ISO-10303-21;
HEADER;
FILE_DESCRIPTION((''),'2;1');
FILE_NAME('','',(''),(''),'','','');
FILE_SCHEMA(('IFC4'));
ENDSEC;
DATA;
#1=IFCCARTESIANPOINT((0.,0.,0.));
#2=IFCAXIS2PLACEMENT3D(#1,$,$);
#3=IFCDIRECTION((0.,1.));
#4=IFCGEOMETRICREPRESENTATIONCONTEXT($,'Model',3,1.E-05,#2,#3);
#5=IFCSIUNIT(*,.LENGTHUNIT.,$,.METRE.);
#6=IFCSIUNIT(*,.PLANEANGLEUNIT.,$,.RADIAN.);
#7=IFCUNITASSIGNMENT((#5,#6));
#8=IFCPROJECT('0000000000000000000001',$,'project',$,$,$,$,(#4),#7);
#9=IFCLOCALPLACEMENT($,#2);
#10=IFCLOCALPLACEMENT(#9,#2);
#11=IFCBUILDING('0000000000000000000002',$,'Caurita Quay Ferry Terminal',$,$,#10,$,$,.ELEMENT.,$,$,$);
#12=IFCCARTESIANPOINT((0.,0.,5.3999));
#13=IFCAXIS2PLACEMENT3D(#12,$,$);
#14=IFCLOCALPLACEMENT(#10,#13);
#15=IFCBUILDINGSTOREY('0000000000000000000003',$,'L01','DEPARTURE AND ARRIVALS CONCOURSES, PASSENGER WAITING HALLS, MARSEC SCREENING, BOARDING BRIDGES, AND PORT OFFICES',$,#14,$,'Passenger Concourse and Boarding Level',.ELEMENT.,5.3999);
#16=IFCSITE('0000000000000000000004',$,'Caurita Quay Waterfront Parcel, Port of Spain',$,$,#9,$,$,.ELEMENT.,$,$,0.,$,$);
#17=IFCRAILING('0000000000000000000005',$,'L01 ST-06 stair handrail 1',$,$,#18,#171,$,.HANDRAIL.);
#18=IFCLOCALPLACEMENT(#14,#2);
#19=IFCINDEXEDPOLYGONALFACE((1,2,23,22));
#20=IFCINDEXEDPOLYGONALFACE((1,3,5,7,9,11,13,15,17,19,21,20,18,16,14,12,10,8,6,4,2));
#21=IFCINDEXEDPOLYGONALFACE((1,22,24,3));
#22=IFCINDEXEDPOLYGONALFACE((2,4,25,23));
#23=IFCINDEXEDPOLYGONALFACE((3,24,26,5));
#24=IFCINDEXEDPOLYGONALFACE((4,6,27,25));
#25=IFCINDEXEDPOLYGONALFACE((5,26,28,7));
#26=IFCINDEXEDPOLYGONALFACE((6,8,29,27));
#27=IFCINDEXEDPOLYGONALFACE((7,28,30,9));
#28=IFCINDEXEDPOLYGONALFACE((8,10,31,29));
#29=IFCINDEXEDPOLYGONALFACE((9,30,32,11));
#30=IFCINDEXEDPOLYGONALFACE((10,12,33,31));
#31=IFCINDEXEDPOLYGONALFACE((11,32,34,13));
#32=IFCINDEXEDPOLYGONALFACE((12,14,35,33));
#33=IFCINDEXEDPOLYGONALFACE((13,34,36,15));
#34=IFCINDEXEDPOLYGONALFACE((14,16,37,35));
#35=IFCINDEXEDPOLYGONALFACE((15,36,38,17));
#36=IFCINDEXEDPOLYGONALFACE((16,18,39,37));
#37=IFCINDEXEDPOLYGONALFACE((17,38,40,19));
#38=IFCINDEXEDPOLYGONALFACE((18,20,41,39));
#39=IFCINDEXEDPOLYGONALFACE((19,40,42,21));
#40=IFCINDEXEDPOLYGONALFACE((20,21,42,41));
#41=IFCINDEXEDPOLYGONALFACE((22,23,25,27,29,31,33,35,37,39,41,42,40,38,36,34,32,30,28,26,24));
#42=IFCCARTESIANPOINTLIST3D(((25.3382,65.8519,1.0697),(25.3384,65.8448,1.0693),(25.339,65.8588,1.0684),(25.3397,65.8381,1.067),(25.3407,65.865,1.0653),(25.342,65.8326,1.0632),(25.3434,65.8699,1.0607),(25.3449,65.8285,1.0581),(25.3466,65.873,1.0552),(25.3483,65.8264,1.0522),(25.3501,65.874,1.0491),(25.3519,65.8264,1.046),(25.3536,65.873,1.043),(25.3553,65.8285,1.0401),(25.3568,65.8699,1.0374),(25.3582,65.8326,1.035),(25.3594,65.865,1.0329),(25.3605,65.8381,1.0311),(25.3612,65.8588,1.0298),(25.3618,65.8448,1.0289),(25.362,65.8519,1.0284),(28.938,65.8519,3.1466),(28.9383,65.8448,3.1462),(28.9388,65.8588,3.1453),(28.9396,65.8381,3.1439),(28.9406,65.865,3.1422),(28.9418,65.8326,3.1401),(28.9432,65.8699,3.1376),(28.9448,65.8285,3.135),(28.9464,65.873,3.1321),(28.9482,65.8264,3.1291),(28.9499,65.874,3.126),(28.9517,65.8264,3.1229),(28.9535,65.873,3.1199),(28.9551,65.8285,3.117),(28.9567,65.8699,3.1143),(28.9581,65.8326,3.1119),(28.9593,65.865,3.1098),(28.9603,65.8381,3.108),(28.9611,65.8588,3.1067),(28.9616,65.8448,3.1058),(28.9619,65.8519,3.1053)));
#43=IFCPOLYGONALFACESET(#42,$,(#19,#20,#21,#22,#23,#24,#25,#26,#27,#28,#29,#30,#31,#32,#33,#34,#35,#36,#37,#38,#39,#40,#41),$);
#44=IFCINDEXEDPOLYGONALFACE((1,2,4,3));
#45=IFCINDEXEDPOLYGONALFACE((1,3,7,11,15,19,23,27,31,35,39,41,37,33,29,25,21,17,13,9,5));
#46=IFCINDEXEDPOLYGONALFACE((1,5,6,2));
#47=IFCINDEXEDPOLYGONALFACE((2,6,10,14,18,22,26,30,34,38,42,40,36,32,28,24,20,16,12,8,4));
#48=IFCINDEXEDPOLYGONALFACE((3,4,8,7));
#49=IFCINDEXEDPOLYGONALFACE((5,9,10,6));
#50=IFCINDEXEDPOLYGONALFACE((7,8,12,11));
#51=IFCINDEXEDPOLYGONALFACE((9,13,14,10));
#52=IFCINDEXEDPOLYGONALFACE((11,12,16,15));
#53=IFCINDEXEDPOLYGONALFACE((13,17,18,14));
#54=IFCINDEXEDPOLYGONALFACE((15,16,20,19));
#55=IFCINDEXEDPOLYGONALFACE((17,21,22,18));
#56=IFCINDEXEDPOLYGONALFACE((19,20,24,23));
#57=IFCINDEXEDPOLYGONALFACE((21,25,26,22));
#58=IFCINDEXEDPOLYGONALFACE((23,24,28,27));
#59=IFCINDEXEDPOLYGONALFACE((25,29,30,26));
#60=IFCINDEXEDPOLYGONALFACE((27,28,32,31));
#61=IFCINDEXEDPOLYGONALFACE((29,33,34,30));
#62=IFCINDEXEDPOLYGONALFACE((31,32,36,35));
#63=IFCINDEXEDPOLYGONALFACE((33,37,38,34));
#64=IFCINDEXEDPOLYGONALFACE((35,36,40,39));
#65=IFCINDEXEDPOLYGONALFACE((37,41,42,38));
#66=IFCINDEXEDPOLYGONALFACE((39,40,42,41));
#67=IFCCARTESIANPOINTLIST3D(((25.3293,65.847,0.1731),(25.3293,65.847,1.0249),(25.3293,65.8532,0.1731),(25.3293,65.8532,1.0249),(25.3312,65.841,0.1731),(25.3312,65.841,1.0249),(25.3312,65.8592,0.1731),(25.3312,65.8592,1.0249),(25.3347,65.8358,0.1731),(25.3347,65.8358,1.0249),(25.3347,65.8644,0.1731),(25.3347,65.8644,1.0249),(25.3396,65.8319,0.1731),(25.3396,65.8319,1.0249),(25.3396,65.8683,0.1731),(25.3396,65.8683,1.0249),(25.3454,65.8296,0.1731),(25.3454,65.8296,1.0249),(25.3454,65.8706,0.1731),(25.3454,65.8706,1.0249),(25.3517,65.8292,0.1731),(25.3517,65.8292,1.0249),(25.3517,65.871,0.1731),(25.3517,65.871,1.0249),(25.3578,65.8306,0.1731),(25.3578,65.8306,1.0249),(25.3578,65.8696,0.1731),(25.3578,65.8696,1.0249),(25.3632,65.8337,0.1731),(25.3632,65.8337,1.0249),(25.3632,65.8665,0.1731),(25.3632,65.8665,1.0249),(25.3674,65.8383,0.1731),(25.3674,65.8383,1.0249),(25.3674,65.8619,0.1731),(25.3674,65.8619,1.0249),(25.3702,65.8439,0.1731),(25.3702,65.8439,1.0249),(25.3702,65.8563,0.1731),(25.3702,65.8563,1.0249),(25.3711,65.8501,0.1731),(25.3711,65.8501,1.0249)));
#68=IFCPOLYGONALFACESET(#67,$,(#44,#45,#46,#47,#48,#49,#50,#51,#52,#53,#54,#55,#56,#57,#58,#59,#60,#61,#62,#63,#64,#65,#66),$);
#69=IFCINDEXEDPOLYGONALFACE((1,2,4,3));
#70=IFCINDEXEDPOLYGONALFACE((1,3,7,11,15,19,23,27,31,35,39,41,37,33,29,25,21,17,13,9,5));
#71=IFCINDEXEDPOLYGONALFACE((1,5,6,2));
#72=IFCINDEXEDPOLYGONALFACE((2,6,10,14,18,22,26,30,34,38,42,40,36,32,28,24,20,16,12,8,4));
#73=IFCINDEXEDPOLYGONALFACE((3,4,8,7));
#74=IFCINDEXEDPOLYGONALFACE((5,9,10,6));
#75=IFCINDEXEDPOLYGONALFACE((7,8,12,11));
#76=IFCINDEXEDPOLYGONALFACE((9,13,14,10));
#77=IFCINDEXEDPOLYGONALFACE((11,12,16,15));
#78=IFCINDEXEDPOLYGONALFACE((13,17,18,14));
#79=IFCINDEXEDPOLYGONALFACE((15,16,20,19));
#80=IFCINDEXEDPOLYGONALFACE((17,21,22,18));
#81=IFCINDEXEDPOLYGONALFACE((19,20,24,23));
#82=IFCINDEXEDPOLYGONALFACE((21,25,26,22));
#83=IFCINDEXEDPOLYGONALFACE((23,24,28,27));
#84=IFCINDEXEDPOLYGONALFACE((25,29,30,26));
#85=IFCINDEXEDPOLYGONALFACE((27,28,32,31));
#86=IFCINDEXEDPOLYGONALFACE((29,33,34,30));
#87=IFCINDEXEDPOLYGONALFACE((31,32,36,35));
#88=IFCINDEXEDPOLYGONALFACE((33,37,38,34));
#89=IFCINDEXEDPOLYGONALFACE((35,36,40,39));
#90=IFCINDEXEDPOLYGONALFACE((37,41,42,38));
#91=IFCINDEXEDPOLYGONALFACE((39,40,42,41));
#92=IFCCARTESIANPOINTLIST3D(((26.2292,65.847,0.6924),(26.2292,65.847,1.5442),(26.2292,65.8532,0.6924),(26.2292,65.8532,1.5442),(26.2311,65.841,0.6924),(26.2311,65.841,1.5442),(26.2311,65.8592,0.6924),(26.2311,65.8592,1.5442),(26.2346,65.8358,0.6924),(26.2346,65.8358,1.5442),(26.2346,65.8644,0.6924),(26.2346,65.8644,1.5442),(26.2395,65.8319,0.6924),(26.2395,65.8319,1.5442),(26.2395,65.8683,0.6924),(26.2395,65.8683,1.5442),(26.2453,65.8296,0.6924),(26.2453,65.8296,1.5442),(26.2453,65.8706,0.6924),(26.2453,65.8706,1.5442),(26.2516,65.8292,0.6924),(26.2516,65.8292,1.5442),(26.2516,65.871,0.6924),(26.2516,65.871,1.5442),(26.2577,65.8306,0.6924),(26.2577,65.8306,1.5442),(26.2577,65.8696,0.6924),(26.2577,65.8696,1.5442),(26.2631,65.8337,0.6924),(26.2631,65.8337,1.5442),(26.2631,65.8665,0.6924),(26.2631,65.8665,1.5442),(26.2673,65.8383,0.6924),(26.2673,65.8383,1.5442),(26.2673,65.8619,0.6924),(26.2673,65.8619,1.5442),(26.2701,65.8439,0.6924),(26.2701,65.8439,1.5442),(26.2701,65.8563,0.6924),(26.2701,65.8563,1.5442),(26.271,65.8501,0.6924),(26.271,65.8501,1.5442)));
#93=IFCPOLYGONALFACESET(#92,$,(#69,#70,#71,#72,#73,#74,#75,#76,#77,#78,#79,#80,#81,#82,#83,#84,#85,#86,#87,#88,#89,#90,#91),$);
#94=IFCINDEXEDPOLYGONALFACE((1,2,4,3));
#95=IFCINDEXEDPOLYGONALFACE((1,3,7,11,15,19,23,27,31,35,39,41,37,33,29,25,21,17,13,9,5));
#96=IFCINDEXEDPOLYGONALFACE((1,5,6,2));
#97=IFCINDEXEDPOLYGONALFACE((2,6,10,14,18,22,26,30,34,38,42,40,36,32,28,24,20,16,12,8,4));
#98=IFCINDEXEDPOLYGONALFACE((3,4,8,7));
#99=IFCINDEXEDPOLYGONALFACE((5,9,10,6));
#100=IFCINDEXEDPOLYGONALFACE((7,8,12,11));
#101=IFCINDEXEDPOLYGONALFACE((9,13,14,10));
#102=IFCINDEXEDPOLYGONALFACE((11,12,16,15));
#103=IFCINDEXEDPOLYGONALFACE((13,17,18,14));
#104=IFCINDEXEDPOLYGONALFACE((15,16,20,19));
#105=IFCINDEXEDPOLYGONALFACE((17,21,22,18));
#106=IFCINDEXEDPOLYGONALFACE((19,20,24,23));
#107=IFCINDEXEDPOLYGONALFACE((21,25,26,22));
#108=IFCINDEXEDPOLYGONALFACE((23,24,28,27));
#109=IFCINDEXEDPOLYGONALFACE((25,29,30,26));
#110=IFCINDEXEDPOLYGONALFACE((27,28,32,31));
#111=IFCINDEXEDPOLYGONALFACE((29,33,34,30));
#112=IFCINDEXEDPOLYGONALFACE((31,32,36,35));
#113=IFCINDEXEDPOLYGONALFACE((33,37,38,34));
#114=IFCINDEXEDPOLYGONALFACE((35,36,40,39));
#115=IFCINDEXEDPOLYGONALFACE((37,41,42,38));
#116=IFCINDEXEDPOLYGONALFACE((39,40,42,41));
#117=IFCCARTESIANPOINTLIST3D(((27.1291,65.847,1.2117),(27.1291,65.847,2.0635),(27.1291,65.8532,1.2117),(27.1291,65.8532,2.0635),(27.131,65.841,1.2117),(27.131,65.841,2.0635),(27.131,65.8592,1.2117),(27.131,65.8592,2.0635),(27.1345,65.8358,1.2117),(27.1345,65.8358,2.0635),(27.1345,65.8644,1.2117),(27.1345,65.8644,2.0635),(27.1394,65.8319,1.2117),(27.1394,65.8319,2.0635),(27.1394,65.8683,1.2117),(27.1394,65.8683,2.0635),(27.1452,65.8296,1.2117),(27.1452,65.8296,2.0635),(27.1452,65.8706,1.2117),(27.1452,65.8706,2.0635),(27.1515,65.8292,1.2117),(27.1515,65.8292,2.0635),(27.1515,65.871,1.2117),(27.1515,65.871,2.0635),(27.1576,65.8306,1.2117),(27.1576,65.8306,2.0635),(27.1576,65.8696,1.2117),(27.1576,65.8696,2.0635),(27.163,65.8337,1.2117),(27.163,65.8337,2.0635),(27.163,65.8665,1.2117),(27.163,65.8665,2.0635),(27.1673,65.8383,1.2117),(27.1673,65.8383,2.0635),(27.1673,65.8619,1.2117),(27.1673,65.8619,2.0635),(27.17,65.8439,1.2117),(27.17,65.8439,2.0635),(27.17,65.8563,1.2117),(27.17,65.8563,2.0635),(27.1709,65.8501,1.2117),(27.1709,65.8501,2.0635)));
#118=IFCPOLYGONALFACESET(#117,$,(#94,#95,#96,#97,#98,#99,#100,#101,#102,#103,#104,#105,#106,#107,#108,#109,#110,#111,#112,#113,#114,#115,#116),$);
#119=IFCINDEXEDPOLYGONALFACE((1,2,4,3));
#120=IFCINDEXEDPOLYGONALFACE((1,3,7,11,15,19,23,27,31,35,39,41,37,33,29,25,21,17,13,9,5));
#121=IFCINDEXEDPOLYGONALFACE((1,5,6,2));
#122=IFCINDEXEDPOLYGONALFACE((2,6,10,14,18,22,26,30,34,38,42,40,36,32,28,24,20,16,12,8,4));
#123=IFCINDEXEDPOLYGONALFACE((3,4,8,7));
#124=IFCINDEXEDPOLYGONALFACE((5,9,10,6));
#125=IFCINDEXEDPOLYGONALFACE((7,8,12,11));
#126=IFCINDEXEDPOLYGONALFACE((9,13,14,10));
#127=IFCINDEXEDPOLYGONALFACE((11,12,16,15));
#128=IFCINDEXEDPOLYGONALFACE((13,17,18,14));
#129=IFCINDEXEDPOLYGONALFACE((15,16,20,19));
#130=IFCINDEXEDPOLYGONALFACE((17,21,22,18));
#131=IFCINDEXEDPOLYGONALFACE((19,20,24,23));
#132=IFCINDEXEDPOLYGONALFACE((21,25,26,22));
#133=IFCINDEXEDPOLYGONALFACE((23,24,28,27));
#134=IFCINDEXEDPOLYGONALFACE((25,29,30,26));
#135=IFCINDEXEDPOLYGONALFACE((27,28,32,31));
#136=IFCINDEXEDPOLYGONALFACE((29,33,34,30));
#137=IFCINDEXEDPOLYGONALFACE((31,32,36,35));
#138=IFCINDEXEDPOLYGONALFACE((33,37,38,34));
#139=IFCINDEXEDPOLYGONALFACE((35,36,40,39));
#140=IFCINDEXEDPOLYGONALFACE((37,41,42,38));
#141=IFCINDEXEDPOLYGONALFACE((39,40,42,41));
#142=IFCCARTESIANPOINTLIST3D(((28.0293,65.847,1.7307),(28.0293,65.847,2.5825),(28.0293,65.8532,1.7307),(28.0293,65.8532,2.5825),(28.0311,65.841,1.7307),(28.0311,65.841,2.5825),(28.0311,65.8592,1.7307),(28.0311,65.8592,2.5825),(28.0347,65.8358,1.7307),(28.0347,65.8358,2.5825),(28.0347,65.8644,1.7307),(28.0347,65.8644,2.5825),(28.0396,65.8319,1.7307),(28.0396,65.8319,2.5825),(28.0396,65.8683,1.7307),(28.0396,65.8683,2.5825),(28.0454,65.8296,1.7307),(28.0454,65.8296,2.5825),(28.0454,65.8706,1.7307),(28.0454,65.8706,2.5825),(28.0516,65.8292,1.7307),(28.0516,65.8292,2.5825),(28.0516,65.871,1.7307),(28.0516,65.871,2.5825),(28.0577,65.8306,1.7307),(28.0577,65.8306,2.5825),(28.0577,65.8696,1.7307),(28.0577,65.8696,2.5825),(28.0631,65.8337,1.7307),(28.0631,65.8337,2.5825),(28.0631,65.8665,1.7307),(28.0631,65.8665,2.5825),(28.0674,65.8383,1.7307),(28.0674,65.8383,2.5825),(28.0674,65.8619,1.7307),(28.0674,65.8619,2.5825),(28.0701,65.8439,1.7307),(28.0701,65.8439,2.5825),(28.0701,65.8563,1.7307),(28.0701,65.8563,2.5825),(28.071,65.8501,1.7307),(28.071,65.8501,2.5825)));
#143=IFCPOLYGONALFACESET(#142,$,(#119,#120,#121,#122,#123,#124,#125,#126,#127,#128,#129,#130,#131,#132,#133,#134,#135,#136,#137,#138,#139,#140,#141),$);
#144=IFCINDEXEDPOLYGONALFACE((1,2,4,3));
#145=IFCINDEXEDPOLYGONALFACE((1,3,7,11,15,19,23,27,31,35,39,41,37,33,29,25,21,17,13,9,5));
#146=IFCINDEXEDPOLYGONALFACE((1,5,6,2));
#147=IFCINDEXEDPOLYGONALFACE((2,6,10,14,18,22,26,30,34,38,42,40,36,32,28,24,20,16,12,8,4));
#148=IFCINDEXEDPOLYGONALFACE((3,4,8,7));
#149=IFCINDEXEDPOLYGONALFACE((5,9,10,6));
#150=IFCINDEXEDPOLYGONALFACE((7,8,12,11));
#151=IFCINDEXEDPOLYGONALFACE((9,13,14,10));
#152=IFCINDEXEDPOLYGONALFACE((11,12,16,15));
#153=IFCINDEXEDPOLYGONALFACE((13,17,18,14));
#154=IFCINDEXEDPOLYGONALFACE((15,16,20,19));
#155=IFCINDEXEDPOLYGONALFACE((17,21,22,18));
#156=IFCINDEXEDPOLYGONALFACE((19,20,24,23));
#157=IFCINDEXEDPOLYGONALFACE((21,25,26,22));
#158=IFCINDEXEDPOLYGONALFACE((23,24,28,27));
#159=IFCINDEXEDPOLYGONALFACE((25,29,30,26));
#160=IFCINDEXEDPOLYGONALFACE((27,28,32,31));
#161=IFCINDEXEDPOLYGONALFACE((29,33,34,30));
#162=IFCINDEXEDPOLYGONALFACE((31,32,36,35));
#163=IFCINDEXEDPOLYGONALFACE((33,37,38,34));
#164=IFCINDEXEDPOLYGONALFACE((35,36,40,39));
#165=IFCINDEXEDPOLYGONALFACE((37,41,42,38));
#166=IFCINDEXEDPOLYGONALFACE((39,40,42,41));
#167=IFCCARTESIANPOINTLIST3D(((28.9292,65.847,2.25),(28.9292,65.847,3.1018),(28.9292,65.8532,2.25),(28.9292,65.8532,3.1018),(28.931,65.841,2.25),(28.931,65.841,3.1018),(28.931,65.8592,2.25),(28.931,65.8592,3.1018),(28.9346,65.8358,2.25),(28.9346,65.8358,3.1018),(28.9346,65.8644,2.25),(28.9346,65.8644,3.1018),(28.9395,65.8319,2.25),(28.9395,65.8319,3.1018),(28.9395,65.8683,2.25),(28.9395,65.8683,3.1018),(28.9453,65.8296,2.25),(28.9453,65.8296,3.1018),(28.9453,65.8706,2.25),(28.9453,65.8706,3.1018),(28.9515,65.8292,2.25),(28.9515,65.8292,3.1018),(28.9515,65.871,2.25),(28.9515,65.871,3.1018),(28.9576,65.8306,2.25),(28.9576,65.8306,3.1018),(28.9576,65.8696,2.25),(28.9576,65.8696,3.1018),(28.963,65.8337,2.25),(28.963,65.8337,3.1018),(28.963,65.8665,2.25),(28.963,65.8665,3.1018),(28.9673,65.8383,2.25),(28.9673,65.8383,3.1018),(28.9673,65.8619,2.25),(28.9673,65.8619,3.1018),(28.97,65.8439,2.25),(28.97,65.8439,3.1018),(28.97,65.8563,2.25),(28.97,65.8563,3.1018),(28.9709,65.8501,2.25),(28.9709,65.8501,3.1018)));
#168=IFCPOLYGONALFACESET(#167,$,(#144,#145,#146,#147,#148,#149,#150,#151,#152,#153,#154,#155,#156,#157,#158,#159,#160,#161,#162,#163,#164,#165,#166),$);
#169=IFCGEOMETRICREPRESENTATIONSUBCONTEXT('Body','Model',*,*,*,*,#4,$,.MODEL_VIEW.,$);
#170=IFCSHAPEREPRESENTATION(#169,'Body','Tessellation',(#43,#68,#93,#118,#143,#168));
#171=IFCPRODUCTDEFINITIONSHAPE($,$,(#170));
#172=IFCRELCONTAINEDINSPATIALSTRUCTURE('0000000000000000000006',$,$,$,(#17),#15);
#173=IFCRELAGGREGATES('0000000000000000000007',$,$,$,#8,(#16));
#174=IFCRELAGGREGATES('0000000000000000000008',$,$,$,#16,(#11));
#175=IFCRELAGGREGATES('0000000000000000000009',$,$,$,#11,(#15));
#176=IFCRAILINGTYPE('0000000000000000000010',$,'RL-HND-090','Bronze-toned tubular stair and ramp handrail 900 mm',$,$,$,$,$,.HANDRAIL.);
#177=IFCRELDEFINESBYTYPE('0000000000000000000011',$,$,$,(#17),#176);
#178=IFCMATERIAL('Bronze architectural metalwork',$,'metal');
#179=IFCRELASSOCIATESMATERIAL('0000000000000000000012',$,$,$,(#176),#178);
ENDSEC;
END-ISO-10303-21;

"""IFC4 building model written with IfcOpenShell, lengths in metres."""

from ifc_helpers import new_model, si_unit, direction, frame, origin, origin_2d, place, context, subcontext, project, spatial, circle, extrude, material, type_object, element, save


model = new_model("IFC4")

# Units and contexts
model_context = context("Model", 3, precision=1e-05, world=origin(), true_north=direction((0.0, 1.0)))
body_context = subcontext(model_context, "Body", "Model", "MODEL_VIEW")
ifc_project = project(units=[si_unit("LENGTHUNIT", "METRE"), si_unit("PLANEANGLEUNIT", "RADIAN")], contexts=[model_context])

# Site, building, storey
site_placement = place(None, origin())
site = spatial("IfcSite", under=ifc_project, at=site_placement, Name="Caurita Quay Waterfront Parcel, Port of Spain", CompositionType="ELEMENT", RefElevation=0.0)
building_placement = place(site_placement, origin())
building = spatial("IfcBuilding", under=site, at=building_placement, Name="Caurita Quay Ferry Terminal", CompositionType="ELEMENT")
storey_placement = place(building_placement, frame((0.0, 0.0, 5.3999)))
storey = spatial("IfcBuildingStorey", under=building, at=storey_placement, Name="L01", Description="DEPARTURE AND ARRIVALS CONCOURSES, PASSENGER WAITING HALLS, MARSEC SCREENING, BOARDING BRIDGES, AND PORT OFFICES", LongName="Passenger Concourse and Boarding Level", CompositionType="ELEMENT", Elevation=5.3999)

# Shared definitions
ifc_material_1 = material(Name="Bronze architectural metalwork", Category="metal")

# Railing
railing_type_1 = type_object("IfcRailingType", Name="RL-HND-090", Description="Bronze-toned tubular stair and ramp handrail 900 mm", PredefinedType="HANDRAIL", material=ifc_material_1)
railing_1_placement = place(storey_placement, frame((25.3501, 65.8501, 0.1731)))
element("IfcRailing", 1, at=railing_1_placement, inside=storey, type_object=railing_type_1, Name="L01 ST-06 stair handrail 1", PredefinedType="HANDRAIL", context=body_context, shape_type="SweptSolid", body=[
    extrude(circle(Radius=0.0239, at=origin_2d()), frame((0.0, 0.0, 0.876), z_axis=(0.866179, 0.0, 0.499734), x_axis=(0.0, 1.0, 0.0)), (0.0, 0.0, 1.0), 4.156),
    extrude(circle(Radius=0.021, at=origin_2d()), origin(), (0.0, 0.0, 1.0), 0.8518),
    extrude(circle(Radius=0.021, at=origin_2d()), frame((0.8999, 0.0, 0.5193)), (0.0, 0.0, 1.0), 0.8518),
    extrude(circle(Radius=0.021, at=origin_2d()), frame((1.7998, 0.0, 1.0386)), (0.0, 0.0, 1.0), 0.8518),
    extrude(circle(Radius=0.021, at=origin_2d()), frame((2.7, 0.0, 1.5576)), (0.0, 0.0, 1.0), 0.8518),
    extrude(circle(Radius=0.021, at=origin_2d()), frame((3.5999, 0.0, 2.0769)), (0.0, 0.0, 1.0), 0.8518),
])

save(model, "model.ifc")
